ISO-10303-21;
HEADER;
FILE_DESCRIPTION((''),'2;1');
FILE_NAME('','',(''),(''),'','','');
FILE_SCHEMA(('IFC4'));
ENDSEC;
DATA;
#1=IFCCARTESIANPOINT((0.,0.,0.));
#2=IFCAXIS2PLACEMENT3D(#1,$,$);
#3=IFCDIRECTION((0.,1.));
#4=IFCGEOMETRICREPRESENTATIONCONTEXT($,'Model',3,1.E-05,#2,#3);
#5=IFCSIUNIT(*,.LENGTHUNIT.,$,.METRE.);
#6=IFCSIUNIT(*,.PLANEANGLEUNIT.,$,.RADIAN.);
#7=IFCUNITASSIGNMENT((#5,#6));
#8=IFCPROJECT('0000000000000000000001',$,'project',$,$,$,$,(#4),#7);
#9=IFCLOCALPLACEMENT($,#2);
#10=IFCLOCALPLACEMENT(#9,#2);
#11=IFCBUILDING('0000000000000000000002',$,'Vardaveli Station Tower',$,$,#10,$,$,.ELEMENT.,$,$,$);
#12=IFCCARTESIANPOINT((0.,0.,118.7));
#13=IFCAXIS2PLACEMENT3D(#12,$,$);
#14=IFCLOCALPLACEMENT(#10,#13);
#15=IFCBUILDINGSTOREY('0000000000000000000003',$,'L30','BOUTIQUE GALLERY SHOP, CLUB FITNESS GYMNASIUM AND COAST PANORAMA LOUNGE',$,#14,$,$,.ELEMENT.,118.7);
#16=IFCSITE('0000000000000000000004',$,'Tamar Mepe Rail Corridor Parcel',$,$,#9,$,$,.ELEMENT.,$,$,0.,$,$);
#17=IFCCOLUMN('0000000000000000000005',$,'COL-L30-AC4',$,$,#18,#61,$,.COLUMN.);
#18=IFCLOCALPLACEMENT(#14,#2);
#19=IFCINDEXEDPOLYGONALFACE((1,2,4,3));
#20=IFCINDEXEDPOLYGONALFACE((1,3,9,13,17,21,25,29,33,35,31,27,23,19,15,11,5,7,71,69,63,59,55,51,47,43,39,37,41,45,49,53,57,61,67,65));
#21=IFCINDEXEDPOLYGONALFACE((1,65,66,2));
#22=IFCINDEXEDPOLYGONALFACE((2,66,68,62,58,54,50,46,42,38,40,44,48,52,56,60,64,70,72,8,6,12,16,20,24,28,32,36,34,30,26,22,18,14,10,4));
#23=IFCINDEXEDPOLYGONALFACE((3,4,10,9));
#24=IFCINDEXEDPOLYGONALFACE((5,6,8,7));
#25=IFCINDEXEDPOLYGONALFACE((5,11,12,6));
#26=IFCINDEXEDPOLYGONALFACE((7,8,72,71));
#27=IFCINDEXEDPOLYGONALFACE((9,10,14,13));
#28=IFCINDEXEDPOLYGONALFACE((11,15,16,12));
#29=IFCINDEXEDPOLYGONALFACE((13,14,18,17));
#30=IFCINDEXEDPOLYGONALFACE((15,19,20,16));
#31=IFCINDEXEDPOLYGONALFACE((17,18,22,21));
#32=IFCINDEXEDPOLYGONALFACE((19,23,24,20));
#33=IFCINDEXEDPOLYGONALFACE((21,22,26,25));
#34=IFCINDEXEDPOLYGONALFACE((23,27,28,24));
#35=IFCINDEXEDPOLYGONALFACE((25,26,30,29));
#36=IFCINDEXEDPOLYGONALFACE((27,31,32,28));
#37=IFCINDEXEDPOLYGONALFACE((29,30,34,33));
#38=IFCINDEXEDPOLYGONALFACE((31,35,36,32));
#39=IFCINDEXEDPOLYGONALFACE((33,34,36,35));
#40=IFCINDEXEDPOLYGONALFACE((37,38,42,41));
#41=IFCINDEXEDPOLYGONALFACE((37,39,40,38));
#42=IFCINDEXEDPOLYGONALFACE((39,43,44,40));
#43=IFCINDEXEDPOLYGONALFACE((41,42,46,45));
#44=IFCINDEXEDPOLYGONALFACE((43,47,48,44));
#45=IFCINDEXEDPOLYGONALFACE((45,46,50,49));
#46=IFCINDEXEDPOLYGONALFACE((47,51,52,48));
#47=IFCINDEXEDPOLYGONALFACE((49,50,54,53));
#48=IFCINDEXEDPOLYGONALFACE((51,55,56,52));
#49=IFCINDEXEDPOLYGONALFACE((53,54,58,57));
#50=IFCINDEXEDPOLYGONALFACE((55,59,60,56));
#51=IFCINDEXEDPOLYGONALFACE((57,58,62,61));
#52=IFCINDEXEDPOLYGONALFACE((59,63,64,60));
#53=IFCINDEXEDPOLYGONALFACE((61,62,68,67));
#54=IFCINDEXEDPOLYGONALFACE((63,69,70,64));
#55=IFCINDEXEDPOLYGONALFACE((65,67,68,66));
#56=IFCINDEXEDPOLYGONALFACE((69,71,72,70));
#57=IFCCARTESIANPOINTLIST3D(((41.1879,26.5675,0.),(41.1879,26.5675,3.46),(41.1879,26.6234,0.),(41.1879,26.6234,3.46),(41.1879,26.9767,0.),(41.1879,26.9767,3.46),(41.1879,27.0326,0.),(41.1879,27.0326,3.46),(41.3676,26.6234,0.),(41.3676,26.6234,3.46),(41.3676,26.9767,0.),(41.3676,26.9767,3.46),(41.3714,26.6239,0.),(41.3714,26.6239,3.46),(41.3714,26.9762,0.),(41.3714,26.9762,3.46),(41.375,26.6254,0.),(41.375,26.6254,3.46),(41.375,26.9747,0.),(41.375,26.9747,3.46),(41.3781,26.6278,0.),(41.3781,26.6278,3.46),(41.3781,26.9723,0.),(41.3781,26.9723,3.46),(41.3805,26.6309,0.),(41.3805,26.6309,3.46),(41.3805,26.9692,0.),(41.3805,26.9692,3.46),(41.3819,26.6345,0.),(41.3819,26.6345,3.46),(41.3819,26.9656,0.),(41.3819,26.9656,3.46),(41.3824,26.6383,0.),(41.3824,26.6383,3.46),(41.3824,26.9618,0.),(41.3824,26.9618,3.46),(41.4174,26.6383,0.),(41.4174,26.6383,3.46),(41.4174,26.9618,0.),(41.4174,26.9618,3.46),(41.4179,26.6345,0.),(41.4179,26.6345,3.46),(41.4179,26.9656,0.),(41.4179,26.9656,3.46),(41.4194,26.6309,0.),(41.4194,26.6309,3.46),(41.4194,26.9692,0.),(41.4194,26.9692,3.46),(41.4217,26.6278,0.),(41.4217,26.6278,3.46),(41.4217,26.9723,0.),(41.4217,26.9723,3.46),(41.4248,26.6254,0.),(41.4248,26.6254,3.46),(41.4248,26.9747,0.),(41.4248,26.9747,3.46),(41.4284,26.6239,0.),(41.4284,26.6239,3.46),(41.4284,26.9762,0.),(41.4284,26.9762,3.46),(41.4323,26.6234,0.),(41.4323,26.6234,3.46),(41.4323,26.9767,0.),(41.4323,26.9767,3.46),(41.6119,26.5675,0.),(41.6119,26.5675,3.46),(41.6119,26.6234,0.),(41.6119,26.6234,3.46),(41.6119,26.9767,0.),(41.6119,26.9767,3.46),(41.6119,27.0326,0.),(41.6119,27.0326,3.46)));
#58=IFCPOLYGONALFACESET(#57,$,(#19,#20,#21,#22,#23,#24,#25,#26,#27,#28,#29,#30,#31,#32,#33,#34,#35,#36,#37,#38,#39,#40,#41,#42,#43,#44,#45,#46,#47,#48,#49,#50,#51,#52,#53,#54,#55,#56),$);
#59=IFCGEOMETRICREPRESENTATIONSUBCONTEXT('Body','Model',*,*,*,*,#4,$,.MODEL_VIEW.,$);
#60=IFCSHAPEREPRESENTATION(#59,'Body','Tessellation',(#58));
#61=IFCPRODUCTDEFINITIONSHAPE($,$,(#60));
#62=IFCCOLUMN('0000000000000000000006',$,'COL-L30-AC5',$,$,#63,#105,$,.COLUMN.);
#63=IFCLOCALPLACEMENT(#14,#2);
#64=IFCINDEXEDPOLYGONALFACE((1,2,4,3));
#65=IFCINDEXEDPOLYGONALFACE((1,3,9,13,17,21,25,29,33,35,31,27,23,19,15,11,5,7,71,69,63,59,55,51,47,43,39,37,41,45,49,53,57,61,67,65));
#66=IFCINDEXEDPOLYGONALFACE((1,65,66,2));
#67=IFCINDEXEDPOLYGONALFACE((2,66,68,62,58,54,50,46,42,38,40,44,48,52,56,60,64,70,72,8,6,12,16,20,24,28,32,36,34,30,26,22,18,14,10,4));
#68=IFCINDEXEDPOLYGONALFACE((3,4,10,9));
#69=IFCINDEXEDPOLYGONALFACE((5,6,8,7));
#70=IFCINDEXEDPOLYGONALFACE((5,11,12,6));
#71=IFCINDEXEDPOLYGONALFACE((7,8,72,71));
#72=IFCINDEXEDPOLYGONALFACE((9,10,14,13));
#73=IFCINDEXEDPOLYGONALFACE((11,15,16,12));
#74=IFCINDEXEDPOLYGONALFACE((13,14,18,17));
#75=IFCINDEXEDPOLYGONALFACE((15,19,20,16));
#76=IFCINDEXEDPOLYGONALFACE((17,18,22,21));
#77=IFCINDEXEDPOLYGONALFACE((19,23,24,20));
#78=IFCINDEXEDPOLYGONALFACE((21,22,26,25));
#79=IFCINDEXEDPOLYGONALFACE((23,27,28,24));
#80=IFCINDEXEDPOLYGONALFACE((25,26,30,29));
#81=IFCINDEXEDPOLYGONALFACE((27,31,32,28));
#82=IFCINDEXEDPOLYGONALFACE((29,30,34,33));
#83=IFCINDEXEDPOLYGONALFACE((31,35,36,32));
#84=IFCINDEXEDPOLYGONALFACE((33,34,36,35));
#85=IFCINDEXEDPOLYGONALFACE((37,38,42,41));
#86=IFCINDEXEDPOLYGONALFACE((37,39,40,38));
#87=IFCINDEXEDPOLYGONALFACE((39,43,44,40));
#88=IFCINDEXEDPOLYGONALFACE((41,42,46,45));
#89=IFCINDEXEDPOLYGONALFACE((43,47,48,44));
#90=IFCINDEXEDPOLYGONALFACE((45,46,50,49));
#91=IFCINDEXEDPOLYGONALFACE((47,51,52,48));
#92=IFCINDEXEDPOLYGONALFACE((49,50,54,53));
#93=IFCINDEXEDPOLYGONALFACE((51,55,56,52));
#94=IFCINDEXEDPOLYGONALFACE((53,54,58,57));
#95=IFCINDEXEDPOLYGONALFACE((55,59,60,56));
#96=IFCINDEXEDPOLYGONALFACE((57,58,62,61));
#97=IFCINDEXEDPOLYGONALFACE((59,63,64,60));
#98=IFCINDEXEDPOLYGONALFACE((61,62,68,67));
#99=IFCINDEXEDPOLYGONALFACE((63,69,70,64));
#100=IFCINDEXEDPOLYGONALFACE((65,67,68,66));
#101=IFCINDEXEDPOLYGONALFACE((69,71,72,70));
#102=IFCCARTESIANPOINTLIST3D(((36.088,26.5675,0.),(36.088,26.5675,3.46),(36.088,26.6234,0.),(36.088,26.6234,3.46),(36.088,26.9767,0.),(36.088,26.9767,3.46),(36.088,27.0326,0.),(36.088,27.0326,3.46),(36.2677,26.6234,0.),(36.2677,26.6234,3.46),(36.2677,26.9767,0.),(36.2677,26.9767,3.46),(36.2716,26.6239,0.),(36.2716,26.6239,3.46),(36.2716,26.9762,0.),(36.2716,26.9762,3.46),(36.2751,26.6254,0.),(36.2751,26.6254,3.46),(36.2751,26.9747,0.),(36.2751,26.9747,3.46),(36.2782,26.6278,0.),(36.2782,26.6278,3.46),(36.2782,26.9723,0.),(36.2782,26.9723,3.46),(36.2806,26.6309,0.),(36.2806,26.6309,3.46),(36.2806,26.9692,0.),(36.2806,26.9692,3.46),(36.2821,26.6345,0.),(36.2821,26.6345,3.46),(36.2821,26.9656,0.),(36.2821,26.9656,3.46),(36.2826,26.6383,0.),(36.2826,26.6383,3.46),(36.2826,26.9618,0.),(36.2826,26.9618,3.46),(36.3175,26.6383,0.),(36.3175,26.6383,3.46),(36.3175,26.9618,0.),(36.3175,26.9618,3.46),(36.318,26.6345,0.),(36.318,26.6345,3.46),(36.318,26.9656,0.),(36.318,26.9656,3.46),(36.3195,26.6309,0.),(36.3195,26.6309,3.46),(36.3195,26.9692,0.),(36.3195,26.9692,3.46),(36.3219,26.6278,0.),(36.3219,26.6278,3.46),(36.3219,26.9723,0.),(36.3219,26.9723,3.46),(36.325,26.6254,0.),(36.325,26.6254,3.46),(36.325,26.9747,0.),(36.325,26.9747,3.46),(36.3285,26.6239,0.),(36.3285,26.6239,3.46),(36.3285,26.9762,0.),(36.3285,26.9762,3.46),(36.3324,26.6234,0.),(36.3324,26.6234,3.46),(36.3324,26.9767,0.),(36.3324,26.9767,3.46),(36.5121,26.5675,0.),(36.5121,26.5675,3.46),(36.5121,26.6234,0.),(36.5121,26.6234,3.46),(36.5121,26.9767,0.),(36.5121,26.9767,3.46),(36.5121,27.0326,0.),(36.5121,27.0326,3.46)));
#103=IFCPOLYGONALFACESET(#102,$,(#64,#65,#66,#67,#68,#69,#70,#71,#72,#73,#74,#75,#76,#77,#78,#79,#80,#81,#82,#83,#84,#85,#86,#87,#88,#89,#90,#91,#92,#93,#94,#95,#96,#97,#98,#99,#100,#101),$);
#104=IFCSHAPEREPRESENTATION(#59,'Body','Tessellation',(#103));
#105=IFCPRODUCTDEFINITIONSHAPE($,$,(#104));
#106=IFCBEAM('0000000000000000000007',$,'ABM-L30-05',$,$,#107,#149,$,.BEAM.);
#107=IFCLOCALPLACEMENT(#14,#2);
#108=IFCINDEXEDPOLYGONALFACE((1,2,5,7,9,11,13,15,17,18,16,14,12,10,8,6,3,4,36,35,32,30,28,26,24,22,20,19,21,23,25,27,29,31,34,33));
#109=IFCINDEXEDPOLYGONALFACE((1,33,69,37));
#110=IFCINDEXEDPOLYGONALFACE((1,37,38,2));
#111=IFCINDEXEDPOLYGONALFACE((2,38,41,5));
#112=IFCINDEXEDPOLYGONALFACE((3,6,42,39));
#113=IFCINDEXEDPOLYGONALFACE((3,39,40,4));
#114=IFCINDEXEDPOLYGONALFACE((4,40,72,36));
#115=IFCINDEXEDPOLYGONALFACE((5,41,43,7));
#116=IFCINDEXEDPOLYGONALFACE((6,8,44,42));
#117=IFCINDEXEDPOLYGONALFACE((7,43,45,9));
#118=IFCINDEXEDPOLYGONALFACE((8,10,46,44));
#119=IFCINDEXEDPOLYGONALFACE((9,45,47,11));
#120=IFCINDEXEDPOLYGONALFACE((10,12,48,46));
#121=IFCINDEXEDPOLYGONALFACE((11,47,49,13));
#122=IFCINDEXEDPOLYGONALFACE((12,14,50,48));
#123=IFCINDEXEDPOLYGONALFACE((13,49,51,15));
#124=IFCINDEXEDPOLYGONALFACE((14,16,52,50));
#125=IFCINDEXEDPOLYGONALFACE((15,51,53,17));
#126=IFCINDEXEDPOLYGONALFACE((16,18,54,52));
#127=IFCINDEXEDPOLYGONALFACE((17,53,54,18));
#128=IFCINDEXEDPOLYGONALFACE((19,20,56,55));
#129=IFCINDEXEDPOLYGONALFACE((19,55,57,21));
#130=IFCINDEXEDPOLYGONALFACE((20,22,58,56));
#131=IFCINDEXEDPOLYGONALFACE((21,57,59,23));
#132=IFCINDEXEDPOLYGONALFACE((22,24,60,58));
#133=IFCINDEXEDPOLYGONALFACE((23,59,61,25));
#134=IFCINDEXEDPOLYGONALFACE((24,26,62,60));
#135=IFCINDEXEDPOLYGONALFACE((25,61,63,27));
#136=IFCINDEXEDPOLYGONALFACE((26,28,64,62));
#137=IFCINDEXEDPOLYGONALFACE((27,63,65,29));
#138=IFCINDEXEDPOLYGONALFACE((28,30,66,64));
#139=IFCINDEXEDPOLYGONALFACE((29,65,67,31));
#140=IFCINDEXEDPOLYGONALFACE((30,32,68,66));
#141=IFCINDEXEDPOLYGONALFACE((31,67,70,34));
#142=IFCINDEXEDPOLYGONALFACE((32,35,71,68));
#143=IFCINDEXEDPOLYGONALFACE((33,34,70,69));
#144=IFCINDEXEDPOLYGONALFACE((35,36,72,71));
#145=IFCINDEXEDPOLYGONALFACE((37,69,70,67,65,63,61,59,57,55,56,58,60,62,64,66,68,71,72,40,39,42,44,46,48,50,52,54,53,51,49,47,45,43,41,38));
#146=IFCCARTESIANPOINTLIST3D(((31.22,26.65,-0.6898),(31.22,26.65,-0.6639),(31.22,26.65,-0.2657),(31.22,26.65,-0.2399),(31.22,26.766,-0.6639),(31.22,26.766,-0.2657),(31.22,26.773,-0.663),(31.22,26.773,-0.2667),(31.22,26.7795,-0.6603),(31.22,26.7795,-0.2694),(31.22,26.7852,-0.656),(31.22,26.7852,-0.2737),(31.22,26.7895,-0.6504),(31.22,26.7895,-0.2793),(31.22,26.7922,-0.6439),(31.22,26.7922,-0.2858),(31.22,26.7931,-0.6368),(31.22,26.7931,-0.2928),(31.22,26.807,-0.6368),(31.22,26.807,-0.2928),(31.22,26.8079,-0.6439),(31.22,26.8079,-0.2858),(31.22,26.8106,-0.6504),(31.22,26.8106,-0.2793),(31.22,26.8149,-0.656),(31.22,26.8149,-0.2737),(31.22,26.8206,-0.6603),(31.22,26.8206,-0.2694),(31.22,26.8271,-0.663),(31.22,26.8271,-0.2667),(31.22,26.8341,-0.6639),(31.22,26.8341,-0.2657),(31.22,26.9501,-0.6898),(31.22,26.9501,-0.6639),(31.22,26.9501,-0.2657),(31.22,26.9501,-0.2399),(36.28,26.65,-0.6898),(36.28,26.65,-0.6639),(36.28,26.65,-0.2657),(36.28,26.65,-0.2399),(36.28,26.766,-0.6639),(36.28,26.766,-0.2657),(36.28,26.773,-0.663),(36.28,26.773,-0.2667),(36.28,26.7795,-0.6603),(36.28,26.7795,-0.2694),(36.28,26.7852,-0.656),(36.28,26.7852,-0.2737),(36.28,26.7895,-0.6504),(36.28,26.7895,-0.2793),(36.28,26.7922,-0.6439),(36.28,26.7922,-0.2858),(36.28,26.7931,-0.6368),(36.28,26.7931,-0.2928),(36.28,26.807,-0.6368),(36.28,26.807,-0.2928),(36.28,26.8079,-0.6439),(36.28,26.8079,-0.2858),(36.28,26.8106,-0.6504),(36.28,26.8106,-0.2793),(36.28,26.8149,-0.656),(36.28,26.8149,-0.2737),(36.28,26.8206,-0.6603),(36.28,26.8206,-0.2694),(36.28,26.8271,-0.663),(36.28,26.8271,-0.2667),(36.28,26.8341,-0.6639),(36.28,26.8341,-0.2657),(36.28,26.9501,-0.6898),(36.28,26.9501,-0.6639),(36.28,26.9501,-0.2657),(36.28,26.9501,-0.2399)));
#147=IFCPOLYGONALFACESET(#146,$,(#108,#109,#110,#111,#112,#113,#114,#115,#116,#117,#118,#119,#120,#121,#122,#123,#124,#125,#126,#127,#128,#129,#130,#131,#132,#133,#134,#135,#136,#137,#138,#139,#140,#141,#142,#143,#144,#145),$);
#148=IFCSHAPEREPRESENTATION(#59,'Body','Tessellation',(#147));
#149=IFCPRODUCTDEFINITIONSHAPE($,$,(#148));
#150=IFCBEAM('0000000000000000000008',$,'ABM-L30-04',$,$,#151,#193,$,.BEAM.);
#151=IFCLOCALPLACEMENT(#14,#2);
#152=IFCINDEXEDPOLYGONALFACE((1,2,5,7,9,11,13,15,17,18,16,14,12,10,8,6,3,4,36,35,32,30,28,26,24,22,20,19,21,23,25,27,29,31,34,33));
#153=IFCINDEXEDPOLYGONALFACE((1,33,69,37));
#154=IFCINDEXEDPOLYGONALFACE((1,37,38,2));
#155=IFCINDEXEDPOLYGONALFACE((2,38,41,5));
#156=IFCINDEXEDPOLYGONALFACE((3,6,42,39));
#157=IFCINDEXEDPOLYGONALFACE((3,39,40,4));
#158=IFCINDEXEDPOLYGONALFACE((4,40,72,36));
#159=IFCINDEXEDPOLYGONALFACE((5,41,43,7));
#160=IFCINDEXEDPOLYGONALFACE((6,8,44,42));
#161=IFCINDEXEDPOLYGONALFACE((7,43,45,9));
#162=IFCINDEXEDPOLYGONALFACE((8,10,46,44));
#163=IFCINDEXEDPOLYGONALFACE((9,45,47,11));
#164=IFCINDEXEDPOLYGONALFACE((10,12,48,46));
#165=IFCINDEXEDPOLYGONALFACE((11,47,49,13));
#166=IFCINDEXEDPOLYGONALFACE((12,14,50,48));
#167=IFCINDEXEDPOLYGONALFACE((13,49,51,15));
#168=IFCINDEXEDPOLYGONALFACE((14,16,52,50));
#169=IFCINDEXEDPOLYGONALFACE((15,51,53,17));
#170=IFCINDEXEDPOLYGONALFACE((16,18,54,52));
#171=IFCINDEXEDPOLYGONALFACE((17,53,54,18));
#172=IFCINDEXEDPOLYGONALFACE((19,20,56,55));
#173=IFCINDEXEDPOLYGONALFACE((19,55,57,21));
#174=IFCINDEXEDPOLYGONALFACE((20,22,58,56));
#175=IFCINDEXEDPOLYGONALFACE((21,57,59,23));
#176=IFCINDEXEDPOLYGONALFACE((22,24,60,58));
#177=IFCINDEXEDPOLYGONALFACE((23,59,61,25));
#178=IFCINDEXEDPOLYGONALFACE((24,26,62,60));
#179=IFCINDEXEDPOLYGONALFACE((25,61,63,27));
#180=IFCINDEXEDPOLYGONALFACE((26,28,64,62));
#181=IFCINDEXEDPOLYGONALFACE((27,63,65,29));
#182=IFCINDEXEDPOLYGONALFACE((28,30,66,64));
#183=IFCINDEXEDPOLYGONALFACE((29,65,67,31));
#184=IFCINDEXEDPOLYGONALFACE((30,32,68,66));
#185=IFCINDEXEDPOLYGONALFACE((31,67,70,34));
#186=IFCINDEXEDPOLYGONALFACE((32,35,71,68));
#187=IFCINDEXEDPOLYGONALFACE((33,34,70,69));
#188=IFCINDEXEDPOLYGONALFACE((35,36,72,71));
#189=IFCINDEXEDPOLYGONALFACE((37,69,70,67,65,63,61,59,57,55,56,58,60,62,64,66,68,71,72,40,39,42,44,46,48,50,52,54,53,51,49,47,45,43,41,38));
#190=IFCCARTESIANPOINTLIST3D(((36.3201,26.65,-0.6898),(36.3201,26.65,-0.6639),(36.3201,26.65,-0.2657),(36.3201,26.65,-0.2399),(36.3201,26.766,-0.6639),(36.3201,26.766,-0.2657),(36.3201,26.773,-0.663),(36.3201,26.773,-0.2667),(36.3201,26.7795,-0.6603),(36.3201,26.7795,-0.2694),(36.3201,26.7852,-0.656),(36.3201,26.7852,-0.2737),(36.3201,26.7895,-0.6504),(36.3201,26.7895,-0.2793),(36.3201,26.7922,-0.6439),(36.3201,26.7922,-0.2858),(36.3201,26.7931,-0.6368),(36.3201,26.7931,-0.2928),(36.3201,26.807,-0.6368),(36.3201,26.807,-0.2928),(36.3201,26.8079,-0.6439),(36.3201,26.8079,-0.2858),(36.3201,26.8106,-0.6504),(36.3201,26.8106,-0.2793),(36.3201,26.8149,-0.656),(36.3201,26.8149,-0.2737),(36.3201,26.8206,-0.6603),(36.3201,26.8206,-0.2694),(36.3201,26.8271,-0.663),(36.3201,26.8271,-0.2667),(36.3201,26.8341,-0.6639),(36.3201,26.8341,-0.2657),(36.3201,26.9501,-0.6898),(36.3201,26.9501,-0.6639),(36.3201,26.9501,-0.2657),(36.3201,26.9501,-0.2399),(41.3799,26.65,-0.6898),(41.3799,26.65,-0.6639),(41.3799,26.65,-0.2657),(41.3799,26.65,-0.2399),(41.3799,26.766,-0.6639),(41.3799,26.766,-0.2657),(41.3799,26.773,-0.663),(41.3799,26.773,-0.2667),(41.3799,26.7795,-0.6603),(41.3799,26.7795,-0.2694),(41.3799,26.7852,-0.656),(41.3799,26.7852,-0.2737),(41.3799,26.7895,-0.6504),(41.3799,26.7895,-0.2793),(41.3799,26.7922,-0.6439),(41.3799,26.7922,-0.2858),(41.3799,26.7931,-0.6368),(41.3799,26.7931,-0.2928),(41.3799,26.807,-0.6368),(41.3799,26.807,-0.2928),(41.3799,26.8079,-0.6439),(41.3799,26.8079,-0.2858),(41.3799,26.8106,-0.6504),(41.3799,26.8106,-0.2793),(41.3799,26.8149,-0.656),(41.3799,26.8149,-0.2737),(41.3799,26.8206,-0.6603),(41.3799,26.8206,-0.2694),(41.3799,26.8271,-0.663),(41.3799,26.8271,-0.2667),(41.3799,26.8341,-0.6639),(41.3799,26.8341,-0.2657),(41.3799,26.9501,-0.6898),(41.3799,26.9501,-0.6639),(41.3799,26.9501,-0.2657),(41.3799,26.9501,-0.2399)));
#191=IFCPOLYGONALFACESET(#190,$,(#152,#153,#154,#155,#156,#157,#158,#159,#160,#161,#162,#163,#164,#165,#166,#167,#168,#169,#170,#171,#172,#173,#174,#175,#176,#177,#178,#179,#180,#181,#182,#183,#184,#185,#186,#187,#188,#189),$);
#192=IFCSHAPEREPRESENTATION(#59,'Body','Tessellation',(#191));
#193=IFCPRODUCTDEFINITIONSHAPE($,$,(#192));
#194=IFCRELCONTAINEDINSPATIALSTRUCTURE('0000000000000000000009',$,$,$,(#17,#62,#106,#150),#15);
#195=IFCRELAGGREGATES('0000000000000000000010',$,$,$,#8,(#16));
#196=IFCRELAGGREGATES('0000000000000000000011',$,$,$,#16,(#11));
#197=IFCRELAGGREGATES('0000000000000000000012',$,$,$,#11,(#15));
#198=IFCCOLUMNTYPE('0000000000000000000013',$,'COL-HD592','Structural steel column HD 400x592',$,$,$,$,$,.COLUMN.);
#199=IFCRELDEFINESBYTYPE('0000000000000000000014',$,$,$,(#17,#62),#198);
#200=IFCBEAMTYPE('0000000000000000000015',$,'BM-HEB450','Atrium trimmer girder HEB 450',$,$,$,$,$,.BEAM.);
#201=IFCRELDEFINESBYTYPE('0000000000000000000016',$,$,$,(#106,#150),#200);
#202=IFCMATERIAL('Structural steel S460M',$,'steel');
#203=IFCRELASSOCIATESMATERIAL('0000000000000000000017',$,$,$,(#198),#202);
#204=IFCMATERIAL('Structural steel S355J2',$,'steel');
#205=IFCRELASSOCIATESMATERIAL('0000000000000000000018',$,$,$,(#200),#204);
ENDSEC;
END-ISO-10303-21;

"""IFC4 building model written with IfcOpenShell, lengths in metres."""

from ifc_helpers import new_model, si_unit, direction, frame, origin, origin_2d, place, context, subcontext, project, spatial, i_section, extrude, source, transform, mapped, material, material_profile, profile_set, type_object, element, save


model = new_model("IFC4")

# Units and contexts
model_context = context("Model", 3, precision=1e-05, world=origin(), true_north=direction((0.0, 1.0)))
body_context = subcontext(model_context, "Body", "Model", "MODEL_VIEW")
ifc_project = project(units=[si_unit("LENGTHUNIT", "METRE"), si_unit("PLANEANGLEUNIT", "RADIAN")], contexts=[model_context])

# Site, building, storey
site_placement = place(None, origin())
site = spatial("IfcSite", under=ifc_project, at=site_placement, Name="Tamar Mepe Rail Corridor Parcel", CompositionType="ELEMENT", RefElevation=0.0)
building_placement = place(site_placement, origin())
building = spatial("IfcBuilding", under=site, at=building_placement, Name="Vardaveli Station Tower", CompositionType="ELEMENT")
storey_placement = place(building_placement, frame((0.0, 0.0, 118.7)))
storey = spatial("IfcBuildingStorey", under=building, at=storey_placement, Name="L30", Description="BOUTIQUE GALLERY SHOP, CLUB FITNESS GYMNASIUM AND COAST PANORAMA LOUNGE", CompositionType="ELEMENT", Elevation=118.7)

# Columns
ifc_material_1 = material(Name="Structural steel S460M", Category="steel")
ifc_material_profile_1 = material_profile(ifc_material_1, i_section(OverallWidth=0.4241, OverallDepth=0.4651, WebThickness=0.0349, FlangeThickness=0.0559, FilletRadius=0.0149, at=origin_2d()), Name="HD 400x592")
ifc_profile_set_1 = profile_set([ifc_material_profile_1], Name="Structural steel S460M")
column_type = type_object("IfcColumnType", Name="COL-HD592", Description="Structural steel column HD 400x592", PredefinedType="COLUMN", material=ifc_profile_set_1)
shared_shape_1 = source(origin(), body_context, "Body", "SweptSolid", [
    extrude(i_section(OverallWidth=0.4241, OverallDepth=0.4651, WebThickness=0.0349, FlangeThickness=0.0559, FilletRadius=0.0149, at=origin_2d()), origin(), (0.0, 0.0, 1.0), 3.46),
])
for number, where, z_axis, x_axis, name in (
    (1, (41.3999, 26.8, 0.0), (0.0, 0.0, 1.0), (1.0, 0.0, 0.0), "COL-L30-AC4"),
    (2, (36.3, 26.8, 0.0), (0.0, 0.0, 1.0), (1.0, 0.0, 0.0), "COL-L30-AC5"),
):
    element("IfcColumn", number, at=place(storey_placement, frame(where, z_axis=z_axis, x_axis=x_axis)), inside=storey, type_object=column_type, Name=name, PredefinedType="COLUMN", context=body_context, shape_type="MappedRepresentation", body=[
        mapped(shared_shape_1, transform((0.0, 0.0, 0.0), scale=1.0)),
    ])

# Beams
ifc_material_2 = material(Name="Structural steel S355J2", Category="steel")
ifc_material_profile_2 = material_profile(ifc_material_2, i_section(OverallWidth=0.3, OverallDepth=0.45, WebThickness=0.0139, FlangeThickness=0.0259, FilletRadius=0.0271, at=origin_2d()), Name="HEB 450")
ifc_profile_set_2 = profile_set([ifc_material_profile_2], Name="Structural steel S355J2")
beam_type_1 = type_object("IfcBeamType", Name="BM-HEB450", Description="Atrium trimmer girder HEB 450", PredefinedType="BEAM", material=ifc_profile_set_2)
shared_shape_2 = source(origin(), body_context, "Body", "SweptSolid", [
    extrude(i_section(OverallWidth=0.3, OverallDepth=0.45, WebThickness=0.0139, FlangeThickness=0.0259, FilletRadius=0.0271, at=origin_2d()), origin(), (0.0, 0.0, 1.0), 5.0601),
])
beam_1_placement = place(storey_placement, frame((36.28, 26.8, -0.4648), z_axis=(-1.0, 0.0, 0.0), x_axis=(0.0, -1.0, 0.0)))
element("IfcBeam", 3, at=beam_1_placement, inside=storey, type_object=beam_type_1, Name="ABM-L30-05", PredefinedType="BEAM", context=body_context, shape_type="MappedRepresentation", body=[
    mapped(shared_shape_2, transform((0.0, 0.0, 0.0), scale=1.0)),
])
shared_shape_3 = source(origin(), body_context, "Body", "SweptSolid", [
    extrude(i_section(OverallWidth=0.3, OverallDepth=0.45, WebThickness=0.0139, FlangeThickness=0.0259, FilletRadius=0.0271, at=origin_2d()), origin(), (0.0, 0.0, 1.0), 5.0598),
])
beam_2_placement = place(storey_placement, frame((41.3799, 26.8, -0.4648), z_axis=(-1.0, 0.0, 0.0), x_axis=(0.0, -1.0, 0.0)))
element("IfcBeam", 4, at=beam_2_placement, inside=storey, type_object=beam_type_1, Name="ABM-L30-04", PredefinedType="BEAM", context=body_context, shape_type="MappedRepresentation", body=[
    mapped(shared_shape_3, transform((0.0, 0.0, 0.0), scale=1.0)),
])

save(model, "model.ifc")
